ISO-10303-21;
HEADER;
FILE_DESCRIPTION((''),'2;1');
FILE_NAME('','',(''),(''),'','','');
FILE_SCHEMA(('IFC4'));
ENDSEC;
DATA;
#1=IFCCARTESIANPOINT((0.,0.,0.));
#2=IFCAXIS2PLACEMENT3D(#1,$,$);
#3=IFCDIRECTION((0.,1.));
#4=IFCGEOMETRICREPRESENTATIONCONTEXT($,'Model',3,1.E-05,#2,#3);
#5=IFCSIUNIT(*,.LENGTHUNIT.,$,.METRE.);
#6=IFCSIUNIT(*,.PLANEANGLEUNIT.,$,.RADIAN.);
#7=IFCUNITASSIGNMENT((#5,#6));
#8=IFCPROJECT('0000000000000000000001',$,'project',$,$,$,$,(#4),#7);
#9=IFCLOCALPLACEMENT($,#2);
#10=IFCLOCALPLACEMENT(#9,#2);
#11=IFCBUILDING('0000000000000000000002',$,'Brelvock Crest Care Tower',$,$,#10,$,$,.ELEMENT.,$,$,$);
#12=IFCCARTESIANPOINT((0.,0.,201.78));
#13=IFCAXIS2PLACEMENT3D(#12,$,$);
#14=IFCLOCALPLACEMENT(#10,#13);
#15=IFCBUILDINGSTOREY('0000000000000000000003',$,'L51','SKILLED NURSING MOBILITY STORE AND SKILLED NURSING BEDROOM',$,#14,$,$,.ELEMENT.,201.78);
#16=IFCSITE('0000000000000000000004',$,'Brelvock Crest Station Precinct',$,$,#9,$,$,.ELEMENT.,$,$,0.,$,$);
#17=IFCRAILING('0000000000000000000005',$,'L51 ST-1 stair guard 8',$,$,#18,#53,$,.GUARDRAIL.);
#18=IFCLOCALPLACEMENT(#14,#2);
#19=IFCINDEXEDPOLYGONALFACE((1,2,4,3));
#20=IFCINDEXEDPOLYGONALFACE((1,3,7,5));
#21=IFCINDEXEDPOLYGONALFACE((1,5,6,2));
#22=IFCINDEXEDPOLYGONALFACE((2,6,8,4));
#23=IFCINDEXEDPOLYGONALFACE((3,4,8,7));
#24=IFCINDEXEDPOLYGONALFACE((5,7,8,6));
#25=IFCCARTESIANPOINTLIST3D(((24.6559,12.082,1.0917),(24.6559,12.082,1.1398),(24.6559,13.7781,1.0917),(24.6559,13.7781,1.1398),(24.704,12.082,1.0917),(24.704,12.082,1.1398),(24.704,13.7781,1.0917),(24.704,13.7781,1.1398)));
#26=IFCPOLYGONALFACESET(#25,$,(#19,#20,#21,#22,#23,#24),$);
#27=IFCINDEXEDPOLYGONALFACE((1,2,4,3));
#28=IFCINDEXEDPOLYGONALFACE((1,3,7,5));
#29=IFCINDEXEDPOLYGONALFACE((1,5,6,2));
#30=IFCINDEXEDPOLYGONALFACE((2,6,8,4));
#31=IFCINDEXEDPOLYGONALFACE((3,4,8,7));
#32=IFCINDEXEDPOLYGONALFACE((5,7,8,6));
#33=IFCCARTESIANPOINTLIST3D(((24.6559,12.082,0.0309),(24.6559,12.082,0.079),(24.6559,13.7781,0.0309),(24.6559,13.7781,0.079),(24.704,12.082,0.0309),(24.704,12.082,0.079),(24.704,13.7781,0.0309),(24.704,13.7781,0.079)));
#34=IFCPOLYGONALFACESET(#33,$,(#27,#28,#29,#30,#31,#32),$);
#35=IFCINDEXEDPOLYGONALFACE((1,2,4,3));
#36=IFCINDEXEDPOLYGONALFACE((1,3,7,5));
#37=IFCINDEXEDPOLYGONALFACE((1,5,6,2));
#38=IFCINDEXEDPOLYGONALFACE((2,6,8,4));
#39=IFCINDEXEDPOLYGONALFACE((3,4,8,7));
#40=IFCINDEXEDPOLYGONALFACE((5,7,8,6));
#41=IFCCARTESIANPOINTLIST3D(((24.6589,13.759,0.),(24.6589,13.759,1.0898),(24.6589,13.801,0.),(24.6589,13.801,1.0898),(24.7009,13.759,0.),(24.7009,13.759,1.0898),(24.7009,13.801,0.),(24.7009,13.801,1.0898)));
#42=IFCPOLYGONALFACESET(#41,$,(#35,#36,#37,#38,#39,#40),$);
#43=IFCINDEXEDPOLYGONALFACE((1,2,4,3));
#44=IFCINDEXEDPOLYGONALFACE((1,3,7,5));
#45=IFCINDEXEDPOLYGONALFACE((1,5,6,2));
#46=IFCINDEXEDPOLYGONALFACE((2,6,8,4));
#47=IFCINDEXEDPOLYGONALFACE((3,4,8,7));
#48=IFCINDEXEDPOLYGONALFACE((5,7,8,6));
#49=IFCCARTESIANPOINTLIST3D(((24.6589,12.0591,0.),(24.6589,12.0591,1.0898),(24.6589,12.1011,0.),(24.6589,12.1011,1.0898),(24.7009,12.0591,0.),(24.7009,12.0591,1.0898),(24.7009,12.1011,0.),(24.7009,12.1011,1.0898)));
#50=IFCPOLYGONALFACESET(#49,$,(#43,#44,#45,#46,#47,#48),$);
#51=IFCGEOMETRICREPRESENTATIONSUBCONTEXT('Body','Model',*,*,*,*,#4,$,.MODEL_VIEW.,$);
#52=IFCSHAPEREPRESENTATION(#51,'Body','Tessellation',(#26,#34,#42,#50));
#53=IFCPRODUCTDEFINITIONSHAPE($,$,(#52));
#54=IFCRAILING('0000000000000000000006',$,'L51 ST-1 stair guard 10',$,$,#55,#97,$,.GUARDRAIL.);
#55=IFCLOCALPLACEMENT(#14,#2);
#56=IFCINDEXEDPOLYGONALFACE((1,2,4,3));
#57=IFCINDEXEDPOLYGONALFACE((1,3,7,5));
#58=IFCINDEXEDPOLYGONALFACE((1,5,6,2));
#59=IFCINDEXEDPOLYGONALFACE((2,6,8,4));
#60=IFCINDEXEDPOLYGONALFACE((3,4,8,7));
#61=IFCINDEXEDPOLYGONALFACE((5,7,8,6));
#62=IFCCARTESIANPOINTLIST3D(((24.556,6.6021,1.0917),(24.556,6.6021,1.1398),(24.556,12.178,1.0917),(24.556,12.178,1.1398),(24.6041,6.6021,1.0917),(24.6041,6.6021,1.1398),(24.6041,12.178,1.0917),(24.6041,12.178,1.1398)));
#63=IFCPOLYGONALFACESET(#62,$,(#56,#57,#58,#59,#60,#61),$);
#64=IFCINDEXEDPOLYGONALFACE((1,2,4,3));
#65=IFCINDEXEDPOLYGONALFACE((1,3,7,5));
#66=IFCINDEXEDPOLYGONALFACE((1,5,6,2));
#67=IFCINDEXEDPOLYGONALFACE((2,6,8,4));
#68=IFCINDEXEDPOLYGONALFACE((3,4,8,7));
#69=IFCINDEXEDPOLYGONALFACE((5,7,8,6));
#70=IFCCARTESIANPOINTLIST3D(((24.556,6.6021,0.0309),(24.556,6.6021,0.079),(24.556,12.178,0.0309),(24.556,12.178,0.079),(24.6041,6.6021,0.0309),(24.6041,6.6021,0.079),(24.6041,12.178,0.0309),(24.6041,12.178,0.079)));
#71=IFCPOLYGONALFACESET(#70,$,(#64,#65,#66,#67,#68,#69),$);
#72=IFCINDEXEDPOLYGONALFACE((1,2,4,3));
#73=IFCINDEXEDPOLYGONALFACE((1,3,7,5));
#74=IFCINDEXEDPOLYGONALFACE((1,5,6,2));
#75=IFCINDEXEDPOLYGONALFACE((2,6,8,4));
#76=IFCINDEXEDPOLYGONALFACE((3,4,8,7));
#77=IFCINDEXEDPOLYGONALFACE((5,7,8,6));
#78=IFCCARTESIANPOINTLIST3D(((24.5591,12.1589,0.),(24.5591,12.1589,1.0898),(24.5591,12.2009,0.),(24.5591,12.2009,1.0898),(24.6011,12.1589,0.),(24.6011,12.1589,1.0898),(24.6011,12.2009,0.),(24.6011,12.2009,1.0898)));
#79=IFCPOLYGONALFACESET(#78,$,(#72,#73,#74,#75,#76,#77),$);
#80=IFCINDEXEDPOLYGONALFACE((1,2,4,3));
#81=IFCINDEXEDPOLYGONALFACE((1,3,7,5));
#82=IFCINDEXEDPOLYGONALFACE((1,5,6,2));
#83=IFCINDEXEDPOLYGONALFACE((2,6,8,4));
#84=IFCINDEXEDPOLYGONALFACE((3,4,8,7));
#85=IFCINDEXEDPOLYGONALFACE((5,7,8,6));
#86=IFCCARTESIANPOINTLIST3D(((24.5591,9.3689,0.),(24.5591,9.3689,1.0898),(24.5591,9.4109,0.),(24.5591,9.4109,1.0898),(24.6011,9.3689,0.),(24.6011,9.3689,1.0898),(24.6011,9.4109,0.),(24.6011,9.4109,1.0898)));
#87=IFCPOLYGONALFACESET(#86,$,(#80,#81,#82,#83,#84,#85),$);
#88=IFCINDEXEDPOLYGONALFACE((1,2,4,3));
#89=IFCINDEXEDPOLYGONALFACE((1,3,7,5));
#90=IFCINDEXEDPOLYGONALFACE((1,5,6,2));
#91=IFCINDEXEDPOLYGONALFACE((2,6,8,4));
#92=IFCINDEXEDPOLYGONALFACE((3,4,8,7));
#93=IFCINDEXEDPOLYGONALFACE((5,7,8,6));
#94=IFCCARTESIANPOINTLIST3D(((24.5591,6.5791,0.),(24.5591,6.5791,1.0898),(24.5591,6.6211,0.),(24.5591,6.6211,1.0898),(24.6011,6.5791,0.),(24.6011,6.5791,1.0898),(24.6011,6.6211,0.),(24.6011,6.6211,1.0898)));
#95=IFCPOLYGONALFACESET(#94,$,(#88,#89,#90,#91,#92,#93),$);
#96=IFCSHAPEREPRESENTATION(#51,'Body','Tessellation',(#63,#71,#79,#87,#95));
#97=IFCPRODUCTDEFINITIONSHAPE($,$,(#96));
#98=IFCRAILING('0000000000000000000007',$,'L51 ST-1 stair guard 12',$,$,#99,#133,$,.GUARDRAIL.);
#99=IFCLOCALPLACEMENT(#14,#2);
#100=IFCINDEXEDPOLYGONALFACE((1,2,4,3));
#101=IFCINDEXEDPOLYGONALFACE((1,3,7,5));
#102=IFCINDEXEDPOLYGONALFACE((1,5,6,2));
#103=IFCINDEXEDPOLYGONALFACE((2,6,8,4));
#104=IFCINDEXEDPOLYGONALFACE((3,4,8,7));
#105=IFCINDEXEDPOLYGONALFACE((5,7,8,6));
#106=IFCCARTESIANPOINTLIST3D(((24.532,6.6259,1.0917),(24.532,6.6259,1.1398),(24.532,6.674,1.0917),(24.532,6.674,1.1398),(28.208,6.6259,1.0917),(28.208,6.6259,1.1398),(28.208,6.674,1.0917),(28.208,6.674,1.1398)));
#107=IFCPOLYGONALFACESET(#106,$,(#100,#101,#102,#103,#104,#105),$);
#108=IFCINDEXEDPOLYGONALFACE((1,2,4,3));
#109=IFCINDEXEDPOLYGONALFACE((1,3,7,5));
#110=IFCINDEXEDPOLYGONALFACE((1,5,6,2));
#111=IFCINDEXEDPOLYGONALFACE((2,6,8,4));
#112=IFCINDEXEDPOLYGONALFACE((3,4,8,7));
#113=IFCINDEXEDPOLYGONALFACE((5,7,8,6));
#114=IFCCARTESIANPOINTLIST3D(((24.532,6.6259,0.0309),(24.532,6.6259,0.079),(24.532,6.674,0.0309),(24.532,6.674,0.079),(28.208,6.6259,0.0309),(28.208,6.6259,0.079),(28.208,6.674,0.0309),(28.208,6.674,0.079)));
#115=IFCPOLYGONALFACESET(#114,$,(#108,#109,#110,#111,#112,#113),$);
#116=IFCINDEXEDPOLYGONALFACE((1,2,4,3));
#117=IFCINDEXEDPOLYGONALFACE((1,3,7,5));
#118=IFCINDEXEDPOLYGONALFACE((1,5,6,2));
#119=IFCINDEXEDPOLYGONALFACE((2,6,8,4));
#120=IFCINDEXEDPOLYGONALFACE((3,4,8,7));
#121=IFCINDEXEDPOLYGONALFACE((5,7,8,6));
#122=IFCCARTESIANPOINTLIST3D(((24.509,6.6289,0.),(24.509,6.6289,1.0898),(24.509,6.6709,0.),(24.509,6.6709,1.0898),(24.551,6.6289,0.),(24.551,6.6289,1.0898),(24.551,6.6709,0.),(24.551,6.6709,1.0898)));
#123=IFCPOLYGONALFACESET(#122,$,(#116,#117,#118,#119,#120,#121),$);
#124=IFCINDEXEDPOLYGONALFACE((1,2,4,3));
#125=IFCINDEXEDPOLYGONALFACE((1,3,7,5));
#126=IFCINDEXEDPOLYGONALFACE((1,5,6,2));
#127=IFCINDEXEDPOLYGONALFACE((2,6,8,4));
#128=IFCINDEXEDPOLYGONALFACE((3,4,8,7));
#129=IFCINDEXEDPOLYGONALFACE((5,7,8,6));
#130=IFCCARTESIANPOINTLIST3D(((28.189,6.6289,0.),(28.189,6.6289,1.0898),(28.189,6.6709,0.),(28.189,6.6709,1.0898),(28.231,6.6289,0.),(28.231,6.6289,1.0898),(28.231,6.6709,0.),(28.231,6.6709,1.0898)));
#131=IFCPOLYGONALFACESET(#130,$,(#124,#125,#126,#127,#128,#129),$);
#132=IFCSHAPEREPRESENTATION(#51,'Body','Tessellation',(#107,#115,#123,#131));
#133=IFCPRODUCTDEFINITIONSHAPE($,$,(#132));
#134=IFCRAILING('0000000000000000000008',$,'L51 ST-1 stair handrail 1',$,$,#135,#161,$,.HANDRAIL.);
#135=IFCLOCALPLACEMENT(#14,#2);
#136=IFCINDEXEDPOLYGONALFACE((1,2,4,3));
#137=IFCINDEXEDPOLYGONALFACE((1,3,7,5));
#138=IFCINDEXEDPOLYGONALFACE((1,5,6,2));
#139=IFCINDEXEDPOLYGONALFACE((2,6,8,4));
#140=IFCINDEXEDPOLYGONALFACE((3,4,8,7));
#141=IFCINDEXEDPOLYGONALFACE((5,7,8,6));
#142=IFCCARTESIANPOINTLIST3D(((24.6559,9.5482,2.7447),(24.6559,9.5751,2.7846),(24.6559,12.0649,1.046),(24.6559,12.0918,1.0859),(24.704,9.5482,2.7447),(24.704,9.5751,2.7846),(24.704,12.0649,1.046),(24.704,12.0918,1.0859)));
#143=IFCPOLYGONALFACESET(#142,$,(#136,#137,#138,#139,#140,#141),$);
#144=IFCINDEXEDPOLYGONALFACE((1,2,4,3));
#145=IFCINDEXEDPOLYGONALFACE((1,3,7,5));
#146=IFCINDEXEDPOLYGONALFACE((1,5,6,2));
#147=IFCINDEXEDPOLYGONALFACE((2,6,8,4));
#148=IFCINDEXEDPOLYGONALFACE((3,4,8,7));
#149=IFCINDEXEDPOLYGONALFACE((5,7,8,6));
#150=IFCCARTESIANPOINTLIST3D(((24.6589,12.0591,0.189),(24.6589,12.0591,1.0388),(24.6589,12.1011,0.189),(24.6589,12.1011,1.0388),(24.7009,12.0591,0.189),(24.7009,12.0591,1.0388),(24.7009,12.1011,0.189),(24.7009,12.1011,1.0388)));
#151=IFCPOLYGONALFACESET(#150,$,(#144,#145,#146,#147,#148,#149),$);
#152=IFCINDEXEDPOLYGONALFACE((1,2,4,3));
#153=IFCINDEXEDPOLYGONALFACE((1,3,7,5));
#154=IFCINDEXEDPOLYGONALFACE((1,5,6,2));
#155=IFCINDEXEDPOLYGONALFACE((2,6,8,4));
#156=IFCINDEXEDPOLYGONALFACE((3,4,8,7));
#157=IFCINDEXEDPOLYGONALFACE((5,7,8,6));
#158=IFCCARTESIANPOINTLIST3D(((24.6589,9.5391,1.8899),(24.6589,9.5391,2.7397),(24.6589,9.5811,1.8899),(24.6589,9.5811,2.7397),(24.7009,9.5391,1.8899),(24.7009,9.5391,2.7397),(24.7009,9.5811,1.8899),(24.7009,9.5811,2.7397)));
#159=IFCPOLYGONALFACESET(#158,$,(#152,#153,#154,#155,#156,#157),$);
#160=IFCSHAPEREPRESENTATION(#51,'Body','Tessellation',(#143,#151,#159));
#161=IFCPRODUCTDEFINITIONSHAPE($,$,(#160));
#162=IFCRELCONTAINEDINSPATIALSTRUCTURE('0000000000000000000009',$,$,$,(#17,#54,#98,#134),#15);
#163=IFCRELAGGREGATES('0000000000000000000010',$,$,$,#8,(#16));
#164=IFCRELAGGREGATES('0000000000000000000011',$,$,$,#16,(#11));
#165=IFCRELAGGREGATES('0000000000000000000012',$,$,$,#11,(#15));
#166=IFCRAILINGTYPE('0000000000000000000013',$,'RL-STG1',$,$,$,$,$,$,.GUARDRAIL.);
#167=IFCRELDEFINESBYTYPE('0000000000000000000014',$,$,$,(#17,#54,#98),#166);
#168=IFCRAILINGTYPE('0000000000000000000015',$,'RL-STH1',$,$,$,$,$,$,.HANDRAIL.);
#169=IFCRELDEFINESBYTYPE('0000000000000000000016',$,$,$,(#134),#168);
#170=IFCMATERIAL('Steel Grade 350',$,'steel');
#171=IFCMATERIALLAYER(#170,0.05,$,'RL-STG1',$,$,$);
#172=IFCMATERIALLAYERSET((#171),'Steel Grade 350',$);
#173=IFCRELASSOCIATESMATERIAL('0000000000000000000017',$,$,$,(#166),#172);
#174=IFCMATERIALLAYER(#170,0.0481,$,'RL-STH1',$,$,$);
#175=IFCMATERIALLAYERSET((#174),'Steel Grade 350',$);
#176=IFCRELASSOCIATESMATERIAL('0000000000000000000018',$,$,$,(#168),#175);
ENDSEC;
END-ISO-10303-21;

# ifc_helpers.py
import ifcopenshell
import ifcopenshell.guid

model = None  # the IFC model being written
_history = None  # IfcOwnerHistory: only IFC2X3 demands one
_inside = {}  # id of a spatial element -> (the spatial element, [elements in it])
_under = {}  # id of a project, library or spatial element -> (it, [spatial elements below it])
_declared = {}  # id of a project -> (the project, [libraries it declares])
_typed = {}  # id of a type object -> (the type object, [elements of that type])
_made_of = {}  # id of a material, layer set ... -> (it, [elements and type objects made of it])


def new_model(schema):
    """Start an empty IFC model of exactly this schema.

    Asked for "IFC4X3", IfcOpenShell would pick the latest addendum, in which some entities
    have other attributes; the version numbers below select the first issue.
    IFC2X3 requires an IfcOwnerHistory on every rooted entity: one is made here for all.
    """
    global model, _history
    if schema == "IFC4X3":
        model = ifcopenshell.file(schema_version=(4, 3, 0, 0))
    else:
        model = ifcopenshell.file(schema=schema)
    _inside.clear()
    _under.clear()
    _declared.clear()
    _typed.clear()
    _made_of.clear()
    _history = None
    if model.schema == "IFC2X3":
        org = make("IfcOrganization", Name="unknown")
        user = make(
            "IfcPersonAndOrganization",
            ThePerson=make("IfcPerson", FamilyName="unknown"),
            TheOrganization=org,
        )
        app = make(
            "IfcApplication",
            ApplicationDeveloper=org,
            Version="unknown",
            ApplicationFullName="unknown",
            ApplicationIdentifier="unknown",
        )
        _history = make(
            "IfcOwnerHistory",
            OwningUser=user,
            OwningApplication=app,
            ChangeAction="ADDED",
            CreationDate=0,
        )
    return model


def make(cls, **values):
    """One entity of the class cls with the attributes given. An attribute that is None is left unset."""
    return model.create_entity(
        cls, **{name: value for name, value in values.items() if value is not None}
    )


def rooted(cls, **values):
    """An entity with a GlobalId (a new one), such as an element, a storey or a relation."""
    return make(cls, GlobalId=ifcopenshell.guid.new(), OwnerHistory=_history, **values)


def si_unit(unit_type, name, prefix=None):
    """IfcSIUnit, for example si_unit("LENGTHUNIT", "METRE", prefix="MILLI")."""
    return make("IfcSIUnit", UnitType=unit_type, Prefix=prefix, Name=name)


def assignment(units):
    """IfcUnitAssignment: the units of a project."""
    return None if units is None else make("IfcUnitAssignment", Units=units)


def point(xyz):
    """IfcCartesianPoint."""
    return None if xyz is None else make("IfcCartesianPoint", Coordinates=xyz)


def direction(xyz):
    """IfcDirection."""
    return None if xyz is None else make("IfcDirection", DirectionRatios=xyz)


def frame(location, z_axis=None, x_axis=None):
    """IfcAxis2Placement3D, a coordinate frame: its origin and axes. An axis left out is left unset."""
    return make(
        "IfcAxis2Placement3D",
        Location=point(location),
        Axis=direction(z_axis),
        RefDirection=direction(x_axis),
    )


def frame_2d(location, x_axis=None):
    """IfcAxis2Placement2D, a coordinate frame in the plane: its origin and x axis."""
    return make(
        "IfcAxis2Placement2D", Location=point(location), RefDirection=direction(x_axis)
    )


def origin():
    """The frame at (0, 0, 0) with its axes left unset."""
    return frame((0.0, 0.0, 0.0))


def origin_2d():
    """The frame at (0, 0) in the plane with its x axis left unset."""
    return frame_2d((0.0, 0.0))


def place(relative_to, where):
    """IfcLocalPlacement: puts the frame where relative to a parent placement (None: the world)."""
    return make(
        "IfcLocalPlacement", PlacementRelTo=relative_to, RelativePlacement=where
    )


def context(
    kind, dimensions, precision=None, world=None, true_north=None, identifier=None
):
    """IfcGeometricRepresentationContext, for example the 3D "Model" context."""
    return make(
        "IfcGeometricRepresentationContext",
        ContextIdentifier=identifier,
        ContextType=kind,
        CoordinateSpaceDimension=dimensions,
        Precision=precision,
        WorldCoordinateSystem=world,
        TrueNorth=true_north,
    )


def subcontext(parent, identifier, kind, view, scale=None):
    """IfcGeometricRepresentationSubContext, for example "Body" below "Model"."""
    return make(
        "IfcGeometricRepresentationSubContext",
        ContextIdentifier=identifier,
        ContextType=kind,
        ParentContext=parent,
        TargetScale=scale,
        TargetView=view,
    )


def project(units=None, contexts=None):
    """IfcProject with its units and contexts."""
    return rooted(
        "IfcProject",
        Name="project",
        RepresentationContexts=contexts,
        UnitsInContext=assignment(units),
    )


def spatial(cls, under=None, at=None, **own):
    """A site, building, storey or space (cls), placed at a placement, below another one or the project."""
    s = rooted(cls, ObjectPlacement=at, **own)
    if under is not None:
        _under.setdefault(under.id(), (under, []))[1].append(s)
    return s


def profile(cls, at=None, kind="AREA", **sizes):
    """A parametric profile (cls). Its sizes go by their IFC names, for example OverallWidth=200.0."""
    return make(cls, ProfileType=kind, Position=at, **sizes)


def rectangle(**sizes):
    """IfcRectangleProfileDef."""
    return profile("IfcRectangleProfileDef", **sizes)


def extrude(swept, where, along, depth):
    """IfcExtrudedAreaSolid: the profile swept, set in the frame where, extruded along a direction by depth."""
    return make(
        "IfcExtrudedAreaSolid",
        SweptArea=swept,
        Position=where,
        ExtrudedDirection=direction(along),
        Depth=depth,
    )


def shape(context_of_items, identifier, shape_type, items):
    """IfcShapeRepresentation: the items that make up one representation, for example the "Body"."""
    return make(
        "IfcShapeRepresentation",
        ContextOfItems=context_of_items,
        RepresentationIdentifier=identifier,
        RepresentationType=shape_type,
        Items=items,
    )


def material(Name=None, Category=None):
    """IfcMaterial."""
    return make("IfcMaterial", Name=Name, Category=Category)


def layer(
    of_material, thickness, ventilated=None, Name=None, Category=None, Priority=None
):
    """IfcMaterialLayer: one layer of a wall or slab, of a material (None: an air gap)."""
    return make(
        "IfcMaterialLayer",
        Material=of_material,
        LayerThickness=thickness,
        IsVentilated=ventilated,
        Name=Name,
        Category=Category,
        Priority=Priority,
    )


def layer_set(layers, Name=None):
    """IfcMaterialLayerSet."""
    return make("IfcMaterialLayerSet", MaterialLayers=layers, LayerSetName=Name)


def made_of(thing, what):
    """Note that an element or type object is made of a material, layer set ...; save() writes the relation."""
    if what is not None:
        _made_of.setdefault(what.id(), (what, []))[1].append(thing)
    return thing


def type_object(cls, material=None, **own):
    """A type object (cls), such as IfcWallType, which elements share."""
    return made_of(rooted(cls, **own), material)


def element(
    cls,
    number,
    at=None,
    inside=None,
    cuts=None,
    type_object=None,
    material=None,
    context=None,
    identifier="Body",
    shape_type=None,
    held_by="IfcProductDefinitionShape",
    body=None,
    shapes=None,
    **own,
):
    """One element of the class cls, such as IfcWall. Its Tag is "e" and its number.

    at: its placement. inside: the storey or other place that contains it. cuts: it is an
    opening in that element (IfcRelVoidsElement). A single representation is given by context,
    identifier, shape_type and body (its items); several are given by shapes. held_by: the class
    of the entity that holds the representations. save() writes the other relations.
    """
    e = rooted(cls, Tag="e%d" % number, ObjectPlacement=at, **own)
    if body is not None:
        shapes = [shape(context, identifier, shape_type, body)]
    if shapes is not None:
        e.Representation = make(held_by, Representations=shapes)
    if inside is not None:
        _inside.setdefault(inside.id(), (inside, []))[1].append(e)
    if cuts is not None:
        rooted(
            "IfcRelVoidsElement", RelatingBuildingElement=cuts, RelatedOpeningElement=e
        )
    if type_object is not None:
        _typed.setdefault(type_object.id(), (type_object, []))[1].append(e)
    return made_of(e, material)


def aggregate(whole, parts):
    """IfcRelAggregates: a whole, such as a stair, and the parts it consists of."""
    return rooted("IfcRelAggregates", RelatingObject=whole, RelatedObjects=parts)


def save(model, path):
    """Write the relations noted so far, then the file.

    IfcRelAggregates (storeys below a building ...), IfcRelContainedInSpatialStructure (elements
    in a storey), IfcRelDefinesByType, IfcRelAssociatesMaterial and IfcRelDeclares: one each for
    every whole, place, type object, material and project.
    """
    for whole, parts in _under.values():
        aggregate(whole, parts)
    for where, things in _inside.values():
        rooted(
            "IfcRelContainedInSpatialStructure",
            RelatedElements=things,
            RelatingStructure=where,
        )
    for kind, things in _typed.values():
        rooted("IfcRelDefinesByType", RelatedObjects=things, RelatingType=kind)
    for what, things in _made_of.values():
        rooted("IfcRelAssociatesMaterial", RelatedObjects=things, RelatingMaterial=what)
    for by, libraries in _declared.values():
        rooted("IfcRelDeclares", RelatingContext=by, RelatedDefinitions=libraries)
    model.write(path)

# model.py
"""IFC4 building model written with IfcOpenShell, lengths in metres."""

from ifc_helpers import new_model, si_unit, direction, frame, origin, origin_2d, place, context, subcontext, project, spatial, rectangle, extrude, material, layer, layer_set, type_object, element, save


model = new_model("IFC4")

# Units and contexts
model_context = context("Model", 3, precision=1e-05, world=origin(), true_north=direction((0.0, 1.0)))
body_context = subcontext(model_context, "Body", "Model", "MODEL_VIEW")
ifc_project = project(units=[si_unit("LENGTHUNIT", "METRE"), si_unit("PLANEANGLEUNIT", "RADIAN")], contexts=[model_context])

# Site, building, storey
site_placement = place(None, origin())
site = spatial("IfcSite", under=ifc_project, at=site_placement, Name="Brelvock Crest Station Precinct", CompositionType="ELEMENT", RefElevation=0.0)
building_placement = place(site_placement, origin())
building = spatial("IfcBuilding", under=site, at=building_placement, Name="Brelvock Crest Care Tower", CompositionType="ELEMENT")
storey_placement = place(building_placement, frame((0.0, 0.0, 201.78)))
storey = spatial("IfcBuildingStorey", under=building, at=storey_placement, Name="L51", Description="SKILLED NURSING MOBILITY STORE AND SKILLED NURSING BEDROOM", CompositionType="ELEMENT", Elevation=201.78)

# Shared definitions
ifc_material_1 = material(Name="Steel Grade 350", Category="steel")

# Railings
ifc_layer_1 = layer(ifc_material_1, 0.05, Name="RL-STG1")
ifc_layer_set_1 = layer_set([ifc_layer_1], Name="Steel Grade 350")
railing_type_1 = type_object("IfcRailingType", Name="RL-STG1", PredefinedType="GUARDRAIL", material=ifc_layer_set_1)
railing_1_placement = place(storey_placement, frame((24.6799, 13.78, 0.0)))
element("IfcRailing", 1, at=railing_1_placement, inside=storey, type_object=railing_type_1, Name="L51 ST-1 stair guard 8", PredefinedType="GUARDRAIL", context=body_context, shape_type="SweptSolid", body=[
    extrude(rectangle(XDim=0.0481, YDim=0.0481, at=origin_2d()), frame((0.0, -0.002, 1.1157), z_axis=(0.0, -1.0, 0.0), x_axis=(1.0, 0.0, 0.0)), (0.0, 0.0, 1.0), 1.696),
    extrude(rectangle(XDim=0.0481, YDim=0.0481, at=origin_2d()), frame((0.0, -0.002, 0.0549), z_axis=(0.0, -1.0, 0.0), x_axis=(1.0, 0.0, 0.0)), (0.0, 0.0, 1.0), 1.696),
    extrude(rectangle(XDim=0.042, YDim=0.042, at=origin_2d()), origin(), (0.0, 0.0, 1.0), 1.0898),
    extrude(rectangle(XDim=0.042, YDim=0.042, at=origin_2d()), frame((0.0, -1.7, 0.0)), (0.0, 0.0, 1.0), 1.0898),
])
railing_2_placement = place(storey_placement, frame((24.5801, 12.1799, 0.0)))
element("IfcRailing", 2, at=railing_2_placement, inside=storey, type_object=railing_type_1, Name="L51 ST-1 stair guard 10", PredefinedType="GUARDRAIL", context=body_context, shape_type="SweptSolid", body=[
    extrude(rectangle(XDim=0.0481, YDim=0.0481, at=origin_2d()), frame((0.0, -0.002, 1.1157), z_axis=(0.0, -1.0, 0.0), x_axis=(1.0, 0.0, 0.0)), (0.0, 0.0, 1.0), 5.5759),
    extrude(rectangle(XDim=0.0481, YDim=0.0481, at=origin_2d()), frame((0.0, -0.002, 0.0549), z_axis=(0.0, -1.0, 0.0), x_axis=(1.0, 0.0, 0.0)), (0.0, 0.0, 1.0), 5.5759),
    extrude(rectangle(XDim=0.042, YDim=0.042, at=origin_2d()), origin(), (0.0, 0.0, 1.0), 1.0898),
    extrude(rectangle(XDim=0.042, YDim=0.042, at=origin_2d()), frame((0.0, -2.79, 0.0)), (0.0, 0.0, 1.0), 1.0898),
    extrude(rectangle(XDim=0.042, YDim=0.042, at=origin_2d()), frame((0.0, -5.5798, 0.0)), (0.0, 0.0, 1.0), 1.0898),
])
railing_3_placement = place(storey_placement, frame((24.53, 6.6499, 0.0)))
element("IfcRailing", 3, at=railing_3_placement, inside=storey, type_object=railing_type_1, Name="L51 ST-1 stair guard 12", PredefinedType="GUARDRAIL", context=body_context, shape_type="SweptSolid", body=[
    extrude(rectangle(XDim=0.0481, YDim=0.0481, at=origin_2d()), frame((0.002, 0.0, 1.1157), z_axis=(1.0, 0.0, 0.0), x_axis=(0.0, 1.0, 0.0)), (0.0, 0.0, 1.0), 3.676),
    extrude(rectangle(XDim=0.0481, YDim=0.0481, at=origin_2d()), frame((0.002, 0.0, 0.0549), z_axis=(1.0, 0.0, 0.0), x_axis=(0.0, 1.0, 0.0)), (0.0, 0.0, 1.0), 3.676),
    extrude(rectangle(XDim=0.042, YDim=0.042, at=origin_2d()), origin(), (0.0, 0.0, 1.0), 1.0898),
    extrude(rectangle(XDim=0.042, YDim=0.042, at=origin_2d()), frame((3.6799, 0.0, 0.0)), (0.0, 0.0, 1.0), 1.0898),
])
ifc_layer_2 = layer(ifc_material_1, 0.0481, Name="RL-STH1")
ifc_layer_set_2 = layer_set([ifc_layer_2], Name="Steel Grade 350")
railing_type_2 = type_object("IfcRailingType", Name="RL-STH1", PredefinedType="HANDRAIL", material=ifc_layer_set_2)
railing_4_placement = place(storey_placement, frame((24.6799, 12.0801, 0.189)))
element("IfcRailing", 4, at=railing_4_placement, inside=storey, type_object=railing_type_2, Name="L51 ST-1 stair handrail 1", PredefinedType="HANDRAIL", context=body_context, shape_type="SweptSolid", body=[
    extrude(rectangle(XDim=0.0481, YDim=0.0481, at=origin_2d()), frame((0.0, -0.0017, 0.877), z_axis=(0.0, -0.828862, 0.559454), x_axis=(1.0, 0.0, 0.0)), (0.0, 0.0, 1.0), 3.0364),
    extrude(rectangle(XDim=0.042, YDim=0.042, at=origin_2d()), origin(), (0.0, 0.0, 1.0), 0.8499),
    extrude(rectangle(XDim=0.042, YDim=0.042, at=origin_2d()), frame((0.0, -2.52, 1.7009)), (0.0, 0.0, 1.0), 0.8499),
])

save(model, "model.ifc")
